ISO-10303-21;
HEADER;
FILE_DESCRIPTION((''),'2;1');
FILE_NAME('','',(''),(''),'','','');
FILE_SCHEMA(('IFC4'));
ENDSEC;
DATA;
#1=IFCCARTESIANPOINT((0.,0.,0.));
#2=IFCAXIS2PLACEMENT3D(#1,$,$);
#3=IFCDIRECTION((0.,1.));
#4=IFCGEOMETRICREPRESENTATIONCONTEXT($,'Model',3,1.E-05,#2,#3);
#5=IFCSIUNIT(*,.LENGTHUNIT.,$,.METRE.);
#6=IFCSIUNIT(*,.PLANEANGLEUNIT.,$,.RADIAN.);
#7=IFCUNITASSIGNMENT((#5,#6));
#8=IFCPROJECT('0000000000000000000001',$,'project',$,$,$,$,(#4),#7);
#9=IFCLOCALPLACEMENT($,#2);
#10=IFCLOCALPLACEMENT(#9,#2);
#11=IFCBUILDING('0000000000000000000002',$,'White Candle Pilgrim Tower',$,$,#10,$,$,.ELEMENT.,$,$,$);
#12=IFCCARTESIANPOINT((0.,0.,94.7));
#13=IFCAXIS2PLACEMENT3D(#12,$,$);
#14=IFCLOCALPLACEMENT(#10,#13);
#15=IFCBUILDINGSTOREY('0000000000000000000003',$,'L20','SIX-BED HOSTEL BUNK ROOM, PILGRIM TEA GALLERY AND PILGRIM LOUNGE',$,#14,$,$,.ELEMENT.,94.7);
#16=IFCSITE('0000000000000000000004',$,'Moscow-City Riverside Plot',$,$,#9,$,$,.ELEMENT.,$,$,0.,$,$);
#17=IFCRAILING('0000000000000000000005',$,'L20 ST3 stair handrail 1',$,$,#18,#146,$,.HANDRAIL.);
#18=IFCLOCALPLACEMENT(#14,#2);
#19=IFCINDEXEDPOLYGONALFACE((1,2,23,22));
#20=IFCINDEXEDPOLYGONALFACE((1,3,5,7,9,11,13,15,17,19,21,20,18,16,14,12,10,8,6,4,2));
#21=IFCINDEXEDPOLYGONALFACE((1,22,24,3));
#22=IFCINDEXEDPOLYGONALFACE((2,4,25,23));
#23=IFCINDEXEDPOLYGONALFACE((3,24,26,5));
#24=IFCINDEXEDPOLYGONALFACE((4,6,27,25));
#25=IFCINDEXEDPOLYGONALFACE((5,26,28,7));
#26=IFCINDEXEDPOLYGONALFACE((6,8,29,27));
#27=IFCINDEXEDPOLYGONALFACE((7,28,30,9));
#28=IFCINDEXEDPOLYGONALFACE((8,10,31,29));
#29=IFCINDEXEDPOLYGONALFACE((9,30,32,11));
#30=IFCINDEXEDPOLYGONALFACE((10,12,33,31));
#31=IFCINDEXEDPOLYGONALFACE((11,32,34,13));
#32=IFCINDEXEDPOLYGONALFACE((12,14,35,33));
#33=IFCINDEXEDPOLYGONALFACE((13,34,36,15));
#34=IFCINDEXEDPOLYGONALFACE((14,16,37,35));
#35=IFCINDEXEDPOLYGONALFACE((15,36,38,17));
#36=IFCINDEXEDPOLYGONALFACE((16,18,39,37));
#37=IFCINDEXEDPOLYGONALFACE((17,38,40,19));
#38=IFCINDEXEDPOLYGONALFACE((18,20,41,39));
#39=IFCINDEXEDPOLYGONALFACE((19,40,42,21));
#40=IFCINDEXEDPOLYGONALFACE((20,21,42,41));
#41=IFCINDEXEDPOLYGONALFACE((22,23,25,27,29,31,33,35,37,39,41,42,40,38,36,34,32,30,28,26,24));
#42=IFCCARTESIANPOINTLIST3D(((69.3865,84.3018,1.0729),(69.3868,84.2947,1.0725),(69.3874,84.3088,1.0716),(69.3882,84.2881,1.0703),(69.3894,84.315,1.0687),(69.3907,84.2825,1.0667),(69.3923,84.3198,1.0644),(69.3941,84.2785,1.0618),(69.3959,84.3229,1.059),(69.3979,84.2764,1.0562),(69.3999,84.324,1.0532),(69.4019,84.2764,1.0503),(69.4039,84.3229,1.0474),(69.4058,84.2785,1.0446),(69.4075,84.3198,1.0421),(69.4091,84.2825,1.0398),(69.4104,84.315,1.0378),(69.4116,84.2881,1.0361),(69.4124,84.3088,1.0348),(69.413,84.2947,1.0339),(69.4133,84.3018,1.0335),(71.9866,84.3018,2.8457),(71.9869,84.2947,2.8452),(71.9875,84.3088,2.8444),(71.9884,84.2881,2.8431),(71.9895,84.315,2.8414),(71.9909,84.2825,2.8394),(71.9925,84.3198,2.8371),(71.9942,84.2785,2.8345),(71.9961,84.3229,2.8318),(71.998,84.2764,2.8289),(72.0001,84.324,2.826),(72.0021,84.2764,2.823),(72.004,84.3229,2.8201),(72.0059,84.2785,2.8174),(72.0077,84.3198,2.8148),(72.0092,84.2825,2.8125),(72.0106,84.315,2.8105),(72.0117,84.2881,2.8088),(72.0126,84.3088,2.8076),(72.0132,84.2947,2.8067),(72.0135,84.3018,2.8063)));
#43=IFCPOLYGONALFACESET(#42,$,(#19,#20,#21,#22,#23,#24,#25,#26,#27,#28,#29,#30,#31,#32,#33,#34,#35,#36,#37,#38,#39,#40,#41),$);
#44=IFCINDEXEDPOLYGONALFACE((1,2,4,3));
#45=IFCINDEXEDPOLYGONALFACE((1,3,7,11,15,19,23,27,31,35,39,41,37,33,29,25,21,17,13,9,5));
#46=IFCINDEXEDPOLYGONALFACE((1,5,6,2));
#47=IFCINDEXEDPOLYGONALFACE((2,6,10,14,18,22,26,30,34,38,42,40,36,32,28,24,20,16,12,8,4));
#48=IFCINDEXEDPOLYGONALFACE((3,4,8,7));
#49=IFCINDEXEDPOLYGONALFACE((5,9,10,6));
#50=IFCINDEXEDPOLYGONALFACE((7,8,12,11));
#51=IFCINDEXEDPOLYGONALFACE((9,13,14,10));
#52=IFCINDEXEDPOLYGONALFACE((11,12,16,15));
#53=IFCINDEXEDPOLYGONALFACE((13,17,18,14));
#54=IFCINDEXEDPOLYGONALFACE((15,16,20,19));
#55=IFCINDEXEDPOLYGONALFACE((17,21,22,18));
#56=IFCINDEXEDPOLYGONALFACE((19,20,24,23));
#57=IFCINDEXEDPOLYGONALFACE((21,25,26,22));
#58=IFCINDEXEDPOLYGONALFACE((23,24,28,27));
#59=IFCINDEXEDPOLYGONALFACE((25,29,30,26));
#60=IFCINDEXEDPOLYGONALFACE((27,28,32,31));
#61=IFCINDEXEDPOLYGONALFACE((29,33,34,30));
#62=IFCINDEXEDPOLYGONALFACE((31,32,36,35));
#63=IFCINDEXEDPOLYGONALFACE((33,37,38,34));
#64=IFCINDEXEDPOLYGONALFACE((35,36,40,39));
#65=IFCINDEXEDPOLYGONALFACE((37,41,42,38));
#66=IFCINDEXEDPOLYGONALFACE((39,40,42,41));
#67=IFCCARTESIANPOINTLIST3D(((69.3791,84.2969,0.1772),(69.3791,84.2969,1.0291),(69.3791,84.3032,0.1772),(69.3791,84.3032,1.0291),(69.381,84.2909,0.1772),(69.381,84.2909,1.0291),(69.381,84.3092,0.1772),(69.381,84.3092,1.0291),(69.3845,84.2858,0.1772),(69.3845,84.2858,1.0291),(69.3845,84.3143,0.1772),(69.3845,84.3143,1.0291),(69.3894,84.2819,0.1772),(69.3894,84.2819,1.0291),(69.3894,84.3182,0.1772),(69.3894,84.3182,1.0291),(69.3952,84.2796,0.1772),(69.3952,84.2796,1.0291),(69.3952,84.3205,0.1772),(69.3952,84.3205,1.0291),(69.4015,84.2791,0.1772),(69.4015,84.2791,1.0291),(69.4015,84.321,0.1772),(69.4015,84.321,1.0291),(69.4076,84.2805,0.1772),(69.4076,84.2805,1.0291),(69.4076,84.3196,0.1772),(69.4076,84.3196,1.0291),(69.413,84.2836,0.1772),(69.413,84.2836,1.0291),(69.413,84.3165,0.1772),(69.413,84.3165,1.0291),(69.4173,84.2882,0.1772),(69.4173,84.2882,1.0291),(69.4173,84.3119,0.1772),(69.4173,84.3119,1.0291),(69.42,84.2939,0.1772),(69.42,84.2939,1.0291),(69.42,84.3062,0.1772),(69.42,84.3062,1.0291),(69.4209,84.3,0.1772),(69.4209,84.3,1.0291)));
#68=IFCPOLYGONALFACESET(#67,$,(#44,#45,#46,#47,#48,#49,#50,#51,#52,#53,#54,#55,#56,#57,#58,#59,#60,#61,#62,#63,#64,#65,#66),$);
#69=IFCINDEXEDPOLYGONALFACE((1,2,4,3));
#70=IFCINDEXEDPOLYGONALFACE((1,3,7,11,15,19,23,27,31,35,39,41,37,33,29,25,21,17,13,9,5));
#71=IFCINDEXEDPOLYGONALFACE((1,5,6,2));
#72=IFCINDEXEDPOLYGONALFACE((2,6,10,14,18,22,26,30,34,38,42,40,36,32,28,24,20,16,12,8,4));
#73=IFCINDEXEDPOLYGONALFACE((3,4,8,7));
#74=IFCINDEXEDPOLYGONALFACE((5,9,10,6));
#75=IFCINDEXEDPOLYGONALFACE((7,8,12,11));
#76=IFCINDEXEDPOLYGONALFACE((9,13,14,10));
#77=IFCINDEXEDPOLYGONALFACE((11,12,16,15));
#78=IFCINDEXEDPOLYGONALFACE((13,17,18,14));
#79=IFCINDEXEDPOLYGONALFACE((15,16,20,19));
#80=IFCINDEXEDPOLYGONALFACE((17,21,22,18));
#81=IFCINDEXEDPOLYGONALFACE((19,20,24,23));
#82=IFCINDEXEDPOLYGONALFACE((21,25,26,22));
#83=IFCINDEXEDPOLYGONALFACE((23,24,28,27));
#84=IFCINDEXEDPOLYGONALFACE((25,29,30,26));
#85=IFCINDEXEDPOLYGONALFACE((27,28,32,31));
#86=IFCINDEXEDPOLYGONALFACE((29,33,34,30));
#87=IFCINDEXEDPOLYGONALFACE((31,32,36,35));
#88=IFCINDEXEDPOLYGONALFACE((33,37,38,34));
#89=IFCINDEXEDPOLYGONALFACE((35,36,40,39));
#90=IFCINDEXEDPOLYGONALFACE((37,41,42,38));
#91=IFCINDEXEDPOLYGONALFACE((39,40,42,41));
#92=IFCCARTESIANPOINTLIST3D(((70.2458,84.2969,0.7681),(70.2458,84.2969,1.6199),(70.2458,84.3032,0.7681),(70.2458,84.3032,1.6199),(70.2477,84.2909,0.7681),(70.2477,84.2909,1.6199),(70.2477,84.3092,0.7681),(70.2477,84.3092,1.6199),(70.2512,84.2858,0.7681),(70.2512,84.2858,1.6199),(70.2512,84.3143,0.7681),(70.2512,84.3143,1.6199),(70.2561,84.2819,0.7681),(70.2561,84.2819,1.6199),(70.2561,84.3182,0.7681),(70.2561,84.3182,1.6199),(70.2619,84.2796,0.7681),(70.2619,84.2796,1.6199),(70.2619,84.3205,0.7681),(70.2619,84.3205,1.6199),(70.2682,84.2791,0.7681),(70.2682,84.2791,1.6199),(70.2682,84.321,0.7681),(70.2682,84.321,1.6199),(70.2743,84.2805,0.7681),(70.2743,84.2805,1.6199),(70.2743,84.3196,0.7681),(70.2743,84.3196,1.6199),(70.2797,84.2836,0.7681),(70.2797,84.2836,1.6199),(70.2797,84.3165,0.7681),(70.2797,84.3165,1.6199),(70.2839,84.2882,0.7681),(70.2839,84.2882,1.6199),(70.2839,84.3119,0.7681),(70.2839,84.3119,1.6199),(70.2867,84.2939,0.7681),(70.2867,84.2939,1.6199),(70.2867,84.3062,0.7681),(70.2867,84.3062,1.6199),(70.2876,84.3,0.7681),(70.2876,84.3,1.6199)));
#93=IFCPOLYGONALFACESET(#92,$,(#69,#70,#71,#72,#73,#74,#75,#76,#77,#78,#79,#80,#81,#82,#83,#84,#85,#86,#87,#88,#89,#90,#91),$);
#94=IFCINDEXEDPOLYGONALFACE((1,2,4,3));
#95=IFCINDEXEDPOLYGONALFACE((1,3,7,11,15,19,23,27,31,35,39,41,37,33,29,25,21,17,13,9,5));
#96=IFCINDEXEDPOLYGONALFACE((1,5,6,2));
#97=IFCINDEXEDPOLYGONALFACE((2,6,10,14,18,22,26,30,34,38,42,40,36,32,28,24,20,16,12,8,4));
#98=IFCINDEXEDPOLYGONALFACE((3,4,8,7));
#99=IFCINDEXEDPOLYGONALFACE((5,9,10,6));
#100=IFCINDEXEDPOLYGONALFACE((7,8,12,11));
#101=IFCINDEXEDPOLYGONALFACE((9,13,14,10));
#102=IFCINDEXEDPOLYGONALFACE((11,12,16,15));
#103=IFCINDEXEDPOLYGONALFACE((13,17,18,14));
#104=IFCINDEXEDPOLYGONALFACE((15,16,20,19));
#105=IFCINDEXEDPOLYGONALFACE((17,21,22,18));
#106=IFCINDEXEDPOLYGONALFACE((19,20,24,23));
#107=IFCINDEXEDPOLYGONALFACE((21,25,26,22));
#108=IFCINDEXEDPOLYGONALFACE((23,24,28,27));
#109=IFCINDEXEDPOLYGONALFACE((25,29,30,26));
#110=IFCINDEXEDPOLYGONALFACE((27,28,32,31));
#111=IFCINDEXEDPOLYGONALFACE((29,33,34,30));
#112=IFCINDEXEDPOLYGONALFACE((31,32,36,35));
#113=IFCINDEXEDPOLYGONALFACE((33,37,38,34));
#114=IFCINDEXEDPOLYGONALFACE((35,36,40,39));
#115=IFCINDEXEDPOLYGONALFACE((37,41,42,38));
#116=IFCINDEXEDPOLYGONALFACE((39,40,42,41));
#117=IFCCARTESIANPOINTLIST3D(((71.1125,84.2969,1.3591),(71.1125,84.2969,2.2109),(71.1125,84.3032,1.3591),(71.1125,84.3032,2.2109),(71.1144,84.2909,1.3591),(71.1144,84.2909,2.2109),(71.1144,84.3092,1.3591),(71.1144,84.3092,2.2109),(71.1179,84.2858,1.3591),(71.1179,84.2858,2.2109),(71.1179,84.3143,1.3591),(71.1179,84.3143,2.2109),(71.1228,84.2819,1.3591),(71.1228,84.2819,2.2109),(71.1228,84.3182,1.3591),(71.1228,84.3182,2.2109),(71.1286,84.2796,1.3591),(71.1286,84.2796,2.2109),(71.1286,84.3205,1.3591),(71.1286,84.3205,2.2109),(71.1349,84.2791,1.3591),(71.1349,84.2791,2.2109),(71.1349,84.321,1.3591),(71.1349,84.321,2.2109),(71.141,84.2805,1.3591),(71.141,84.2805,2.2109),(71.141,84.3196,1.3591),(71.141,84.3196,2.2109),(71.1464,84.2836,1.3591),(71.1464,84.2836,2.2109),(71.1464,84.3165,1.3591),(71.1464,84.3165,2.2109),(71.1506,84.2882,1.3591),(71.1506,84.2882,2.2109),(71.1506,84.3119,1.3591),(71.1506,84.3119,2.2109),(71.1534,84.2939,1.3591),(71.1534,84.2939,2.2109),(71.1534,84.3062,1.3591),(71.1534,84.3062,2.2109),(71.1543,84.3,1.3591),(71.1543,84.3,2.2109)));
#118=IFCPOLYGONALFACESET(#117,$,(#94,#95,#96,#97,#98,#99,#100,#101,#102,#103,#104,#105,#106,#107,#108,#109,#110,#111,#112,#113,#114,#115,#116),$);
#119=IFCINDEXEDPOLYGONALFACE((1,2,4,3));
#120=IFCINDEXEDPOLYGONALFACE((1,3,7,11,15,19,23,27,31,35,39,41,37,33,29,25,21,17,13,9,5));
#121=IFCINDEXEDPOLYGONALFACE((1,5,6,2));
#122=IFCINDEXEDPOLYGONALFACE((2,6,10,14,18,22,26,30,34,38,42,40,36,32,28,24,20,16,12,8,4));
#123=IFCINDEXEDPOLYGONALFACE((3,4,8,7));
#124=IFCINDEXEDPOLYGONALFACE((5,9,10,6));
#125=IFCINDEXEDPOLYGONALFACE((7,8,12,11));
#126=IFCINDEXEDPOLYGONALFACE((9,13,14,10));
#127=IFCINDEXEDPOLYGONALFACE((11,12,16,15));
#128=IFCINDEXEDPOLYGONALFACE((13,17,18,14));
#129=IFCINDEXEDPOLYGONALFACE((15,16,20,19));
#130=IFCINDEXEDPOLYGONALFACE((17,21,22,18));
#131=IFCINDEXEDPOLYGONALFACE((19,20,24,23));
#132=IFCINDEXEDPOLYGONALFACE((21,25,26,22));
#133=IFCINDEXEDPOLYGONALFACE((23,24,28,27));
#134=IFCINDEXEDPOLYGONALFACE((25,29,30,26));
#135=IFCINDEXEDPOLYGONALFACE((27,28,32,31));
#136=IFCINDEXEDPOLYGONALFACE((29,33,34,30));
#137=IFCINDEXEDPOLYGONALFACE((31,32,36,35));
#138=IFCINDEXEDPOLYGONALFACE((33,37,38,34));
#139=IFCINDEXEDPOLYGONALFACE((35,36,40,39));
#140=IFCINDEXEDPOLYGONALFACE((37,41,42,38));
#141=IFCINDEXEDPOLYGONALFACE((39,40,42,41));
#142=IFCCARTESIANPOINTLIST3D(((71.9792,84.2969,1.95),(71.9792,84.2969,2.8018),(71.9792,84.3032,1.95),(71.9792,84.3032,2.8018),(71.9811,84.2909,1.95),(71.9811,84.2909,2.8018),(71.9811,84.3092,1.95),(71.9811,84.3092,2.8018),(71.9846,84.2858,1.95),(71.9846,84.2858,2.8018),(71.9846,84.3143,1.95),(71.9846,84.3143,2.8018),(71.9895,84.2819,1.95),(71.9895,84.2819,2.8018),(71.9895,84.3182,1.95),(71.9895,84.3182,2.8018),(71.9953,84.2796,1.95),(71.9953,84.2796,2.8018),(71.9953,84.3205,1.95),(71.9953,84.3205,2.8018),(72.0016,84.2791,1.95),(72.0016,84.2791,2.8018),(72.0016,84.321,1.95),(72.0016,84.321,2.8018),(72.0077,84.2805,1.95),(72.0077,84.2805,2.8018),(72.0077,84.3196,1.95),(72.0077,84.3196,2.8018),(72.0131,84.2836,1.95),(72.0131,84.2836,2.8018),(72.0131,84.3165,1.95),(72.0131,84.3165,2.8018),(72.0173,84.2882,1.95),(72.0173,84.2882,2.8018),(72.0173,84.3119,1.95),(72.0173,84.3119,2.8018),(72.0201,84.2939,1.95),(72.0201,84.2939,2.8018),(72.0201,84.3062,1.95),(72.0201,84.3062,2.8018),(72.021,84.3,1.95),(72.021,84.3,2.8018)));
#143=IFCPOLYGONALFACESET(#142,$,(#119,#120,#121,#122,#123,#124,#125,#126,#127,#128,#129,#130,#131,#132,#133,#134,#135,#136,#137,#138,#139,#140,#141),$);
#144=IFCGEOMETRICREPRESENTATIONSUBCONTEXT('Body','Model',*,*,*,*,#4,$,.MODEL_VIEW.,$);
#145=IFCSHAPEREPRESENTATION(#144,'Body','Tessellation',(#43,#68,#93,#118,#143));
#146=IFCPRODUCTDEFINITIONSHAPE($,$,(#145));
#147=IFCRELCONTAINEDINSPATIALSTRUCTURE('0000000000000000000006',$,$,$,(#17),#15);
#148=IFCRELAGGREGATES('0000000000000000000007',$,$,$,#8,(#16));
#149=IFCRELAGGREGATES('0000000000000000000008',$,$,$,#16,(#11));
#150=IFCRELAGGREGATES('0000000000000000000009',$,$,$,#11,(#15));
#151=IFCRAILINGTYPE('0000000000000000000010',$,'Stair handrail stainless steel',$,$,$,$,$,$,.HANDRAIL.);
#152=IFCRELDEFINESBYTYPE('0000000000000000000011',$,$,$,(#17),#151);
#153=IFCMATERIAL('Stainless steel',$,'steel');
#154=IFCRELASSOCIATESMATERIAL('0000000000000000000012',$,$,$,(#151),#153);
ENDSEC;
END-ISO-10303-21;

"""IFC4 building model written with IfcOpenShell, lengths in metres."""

from ifc_helpers import new_model, si_unit, direction, frame, origin, origin_2d, place, context, subcontext, project, spatial, circle, extrude, material, type_object, element, save


model = new_model("IFC4")

# Units and contexts
model_context = context("Model", 3, precision=1e-05, world=origin(), true_north=direction((0.0, 1.0)))
body_context = subcontext(model_context, "Body", "Model", "MODEL_VIEW")
ifc_project = project(units=[si_unit("LENGTHUNIT", "METRE"), si_unit("PLANEANGLEUNIT", "RADIAN")], contexts=[model_context])

# Site, building, storey
site_placement = place(None, origin())
site = spatial("IfcSite", under=ifc_project, at=site_placement, Name="Moscow-City Riverside Plot", CompositionType="ELEMENT", RefElevation=0.0)
building_placement = place(site_placement, origin())
building = spatial("IfcBuilding", under=site, at=building_placement, Name="White Candle Pilgrim Tower", CompositionType="ELEMENT")
storey_placement = place(building_placement, frame((0.0, 0.0, 94.7)))
storey = spatial("IfcBuildingStorey", under=building, at=storey_placement, Name="L20", Description="SIX-BED HOSTEL BUNK ROOM, PILGRIM TEA GALLERY AND PILGRIM LOUNGE", CompositionType="ELEMENT", Elevation=94.7)

# Railing
ifc_material_1 = material(Name="Stainless steel", Category="steel")
railing_type_1 = type_object("IfcRailingType", Name="Stair handrail stainless steel", PredefinedType="HANDRAIL", material=ifc_material_1)
railing_1_placement = place(storey_placement, frame((69.3999, 84.3, 0.1772)))
element("IfcRailing", 1, at=railing_1_placement, inside=storey, type_object=railing_type_1, Name="L20 ST3 stair handrail 1", PredefinedType="HANDRAIL", context=body_context, shape_type="SweptSolid", body=[
    extrude(circle(Radius=0.0239, at=origin_2d()), frame((0.0, 0.0, 0.876), z_axis=(0.82624, 0.0, 0.563318), x_axis=(0.0, 1.0, 0.0)), (0.0, 0.0, 1.0), 3.147),
    extrude(circle(Radius=0.021, at=origin_2d()), origin(), (0.0, 0.0, 1.0), 0.8518),
    extrude(circle(Radius=0.021, at=origin_2d()), frame((0.8667, 0.0, 0.5908)), (0.0, 0.0, 1.0), 0.8518),
    extrude(circle(Radius=0.021, at=origin_2d()), frame((1.7334, 0.0, 1.1819)), (0.0, 0.0, 1.0), 0.8518),
    extrude(circle(Radius=0.021, at=origin_2d()), frame((2.6001, 0.0, 1.7727)), (0.0, 0.0, 1.0), 0.8518),
])

save(model, "model.ifc")
